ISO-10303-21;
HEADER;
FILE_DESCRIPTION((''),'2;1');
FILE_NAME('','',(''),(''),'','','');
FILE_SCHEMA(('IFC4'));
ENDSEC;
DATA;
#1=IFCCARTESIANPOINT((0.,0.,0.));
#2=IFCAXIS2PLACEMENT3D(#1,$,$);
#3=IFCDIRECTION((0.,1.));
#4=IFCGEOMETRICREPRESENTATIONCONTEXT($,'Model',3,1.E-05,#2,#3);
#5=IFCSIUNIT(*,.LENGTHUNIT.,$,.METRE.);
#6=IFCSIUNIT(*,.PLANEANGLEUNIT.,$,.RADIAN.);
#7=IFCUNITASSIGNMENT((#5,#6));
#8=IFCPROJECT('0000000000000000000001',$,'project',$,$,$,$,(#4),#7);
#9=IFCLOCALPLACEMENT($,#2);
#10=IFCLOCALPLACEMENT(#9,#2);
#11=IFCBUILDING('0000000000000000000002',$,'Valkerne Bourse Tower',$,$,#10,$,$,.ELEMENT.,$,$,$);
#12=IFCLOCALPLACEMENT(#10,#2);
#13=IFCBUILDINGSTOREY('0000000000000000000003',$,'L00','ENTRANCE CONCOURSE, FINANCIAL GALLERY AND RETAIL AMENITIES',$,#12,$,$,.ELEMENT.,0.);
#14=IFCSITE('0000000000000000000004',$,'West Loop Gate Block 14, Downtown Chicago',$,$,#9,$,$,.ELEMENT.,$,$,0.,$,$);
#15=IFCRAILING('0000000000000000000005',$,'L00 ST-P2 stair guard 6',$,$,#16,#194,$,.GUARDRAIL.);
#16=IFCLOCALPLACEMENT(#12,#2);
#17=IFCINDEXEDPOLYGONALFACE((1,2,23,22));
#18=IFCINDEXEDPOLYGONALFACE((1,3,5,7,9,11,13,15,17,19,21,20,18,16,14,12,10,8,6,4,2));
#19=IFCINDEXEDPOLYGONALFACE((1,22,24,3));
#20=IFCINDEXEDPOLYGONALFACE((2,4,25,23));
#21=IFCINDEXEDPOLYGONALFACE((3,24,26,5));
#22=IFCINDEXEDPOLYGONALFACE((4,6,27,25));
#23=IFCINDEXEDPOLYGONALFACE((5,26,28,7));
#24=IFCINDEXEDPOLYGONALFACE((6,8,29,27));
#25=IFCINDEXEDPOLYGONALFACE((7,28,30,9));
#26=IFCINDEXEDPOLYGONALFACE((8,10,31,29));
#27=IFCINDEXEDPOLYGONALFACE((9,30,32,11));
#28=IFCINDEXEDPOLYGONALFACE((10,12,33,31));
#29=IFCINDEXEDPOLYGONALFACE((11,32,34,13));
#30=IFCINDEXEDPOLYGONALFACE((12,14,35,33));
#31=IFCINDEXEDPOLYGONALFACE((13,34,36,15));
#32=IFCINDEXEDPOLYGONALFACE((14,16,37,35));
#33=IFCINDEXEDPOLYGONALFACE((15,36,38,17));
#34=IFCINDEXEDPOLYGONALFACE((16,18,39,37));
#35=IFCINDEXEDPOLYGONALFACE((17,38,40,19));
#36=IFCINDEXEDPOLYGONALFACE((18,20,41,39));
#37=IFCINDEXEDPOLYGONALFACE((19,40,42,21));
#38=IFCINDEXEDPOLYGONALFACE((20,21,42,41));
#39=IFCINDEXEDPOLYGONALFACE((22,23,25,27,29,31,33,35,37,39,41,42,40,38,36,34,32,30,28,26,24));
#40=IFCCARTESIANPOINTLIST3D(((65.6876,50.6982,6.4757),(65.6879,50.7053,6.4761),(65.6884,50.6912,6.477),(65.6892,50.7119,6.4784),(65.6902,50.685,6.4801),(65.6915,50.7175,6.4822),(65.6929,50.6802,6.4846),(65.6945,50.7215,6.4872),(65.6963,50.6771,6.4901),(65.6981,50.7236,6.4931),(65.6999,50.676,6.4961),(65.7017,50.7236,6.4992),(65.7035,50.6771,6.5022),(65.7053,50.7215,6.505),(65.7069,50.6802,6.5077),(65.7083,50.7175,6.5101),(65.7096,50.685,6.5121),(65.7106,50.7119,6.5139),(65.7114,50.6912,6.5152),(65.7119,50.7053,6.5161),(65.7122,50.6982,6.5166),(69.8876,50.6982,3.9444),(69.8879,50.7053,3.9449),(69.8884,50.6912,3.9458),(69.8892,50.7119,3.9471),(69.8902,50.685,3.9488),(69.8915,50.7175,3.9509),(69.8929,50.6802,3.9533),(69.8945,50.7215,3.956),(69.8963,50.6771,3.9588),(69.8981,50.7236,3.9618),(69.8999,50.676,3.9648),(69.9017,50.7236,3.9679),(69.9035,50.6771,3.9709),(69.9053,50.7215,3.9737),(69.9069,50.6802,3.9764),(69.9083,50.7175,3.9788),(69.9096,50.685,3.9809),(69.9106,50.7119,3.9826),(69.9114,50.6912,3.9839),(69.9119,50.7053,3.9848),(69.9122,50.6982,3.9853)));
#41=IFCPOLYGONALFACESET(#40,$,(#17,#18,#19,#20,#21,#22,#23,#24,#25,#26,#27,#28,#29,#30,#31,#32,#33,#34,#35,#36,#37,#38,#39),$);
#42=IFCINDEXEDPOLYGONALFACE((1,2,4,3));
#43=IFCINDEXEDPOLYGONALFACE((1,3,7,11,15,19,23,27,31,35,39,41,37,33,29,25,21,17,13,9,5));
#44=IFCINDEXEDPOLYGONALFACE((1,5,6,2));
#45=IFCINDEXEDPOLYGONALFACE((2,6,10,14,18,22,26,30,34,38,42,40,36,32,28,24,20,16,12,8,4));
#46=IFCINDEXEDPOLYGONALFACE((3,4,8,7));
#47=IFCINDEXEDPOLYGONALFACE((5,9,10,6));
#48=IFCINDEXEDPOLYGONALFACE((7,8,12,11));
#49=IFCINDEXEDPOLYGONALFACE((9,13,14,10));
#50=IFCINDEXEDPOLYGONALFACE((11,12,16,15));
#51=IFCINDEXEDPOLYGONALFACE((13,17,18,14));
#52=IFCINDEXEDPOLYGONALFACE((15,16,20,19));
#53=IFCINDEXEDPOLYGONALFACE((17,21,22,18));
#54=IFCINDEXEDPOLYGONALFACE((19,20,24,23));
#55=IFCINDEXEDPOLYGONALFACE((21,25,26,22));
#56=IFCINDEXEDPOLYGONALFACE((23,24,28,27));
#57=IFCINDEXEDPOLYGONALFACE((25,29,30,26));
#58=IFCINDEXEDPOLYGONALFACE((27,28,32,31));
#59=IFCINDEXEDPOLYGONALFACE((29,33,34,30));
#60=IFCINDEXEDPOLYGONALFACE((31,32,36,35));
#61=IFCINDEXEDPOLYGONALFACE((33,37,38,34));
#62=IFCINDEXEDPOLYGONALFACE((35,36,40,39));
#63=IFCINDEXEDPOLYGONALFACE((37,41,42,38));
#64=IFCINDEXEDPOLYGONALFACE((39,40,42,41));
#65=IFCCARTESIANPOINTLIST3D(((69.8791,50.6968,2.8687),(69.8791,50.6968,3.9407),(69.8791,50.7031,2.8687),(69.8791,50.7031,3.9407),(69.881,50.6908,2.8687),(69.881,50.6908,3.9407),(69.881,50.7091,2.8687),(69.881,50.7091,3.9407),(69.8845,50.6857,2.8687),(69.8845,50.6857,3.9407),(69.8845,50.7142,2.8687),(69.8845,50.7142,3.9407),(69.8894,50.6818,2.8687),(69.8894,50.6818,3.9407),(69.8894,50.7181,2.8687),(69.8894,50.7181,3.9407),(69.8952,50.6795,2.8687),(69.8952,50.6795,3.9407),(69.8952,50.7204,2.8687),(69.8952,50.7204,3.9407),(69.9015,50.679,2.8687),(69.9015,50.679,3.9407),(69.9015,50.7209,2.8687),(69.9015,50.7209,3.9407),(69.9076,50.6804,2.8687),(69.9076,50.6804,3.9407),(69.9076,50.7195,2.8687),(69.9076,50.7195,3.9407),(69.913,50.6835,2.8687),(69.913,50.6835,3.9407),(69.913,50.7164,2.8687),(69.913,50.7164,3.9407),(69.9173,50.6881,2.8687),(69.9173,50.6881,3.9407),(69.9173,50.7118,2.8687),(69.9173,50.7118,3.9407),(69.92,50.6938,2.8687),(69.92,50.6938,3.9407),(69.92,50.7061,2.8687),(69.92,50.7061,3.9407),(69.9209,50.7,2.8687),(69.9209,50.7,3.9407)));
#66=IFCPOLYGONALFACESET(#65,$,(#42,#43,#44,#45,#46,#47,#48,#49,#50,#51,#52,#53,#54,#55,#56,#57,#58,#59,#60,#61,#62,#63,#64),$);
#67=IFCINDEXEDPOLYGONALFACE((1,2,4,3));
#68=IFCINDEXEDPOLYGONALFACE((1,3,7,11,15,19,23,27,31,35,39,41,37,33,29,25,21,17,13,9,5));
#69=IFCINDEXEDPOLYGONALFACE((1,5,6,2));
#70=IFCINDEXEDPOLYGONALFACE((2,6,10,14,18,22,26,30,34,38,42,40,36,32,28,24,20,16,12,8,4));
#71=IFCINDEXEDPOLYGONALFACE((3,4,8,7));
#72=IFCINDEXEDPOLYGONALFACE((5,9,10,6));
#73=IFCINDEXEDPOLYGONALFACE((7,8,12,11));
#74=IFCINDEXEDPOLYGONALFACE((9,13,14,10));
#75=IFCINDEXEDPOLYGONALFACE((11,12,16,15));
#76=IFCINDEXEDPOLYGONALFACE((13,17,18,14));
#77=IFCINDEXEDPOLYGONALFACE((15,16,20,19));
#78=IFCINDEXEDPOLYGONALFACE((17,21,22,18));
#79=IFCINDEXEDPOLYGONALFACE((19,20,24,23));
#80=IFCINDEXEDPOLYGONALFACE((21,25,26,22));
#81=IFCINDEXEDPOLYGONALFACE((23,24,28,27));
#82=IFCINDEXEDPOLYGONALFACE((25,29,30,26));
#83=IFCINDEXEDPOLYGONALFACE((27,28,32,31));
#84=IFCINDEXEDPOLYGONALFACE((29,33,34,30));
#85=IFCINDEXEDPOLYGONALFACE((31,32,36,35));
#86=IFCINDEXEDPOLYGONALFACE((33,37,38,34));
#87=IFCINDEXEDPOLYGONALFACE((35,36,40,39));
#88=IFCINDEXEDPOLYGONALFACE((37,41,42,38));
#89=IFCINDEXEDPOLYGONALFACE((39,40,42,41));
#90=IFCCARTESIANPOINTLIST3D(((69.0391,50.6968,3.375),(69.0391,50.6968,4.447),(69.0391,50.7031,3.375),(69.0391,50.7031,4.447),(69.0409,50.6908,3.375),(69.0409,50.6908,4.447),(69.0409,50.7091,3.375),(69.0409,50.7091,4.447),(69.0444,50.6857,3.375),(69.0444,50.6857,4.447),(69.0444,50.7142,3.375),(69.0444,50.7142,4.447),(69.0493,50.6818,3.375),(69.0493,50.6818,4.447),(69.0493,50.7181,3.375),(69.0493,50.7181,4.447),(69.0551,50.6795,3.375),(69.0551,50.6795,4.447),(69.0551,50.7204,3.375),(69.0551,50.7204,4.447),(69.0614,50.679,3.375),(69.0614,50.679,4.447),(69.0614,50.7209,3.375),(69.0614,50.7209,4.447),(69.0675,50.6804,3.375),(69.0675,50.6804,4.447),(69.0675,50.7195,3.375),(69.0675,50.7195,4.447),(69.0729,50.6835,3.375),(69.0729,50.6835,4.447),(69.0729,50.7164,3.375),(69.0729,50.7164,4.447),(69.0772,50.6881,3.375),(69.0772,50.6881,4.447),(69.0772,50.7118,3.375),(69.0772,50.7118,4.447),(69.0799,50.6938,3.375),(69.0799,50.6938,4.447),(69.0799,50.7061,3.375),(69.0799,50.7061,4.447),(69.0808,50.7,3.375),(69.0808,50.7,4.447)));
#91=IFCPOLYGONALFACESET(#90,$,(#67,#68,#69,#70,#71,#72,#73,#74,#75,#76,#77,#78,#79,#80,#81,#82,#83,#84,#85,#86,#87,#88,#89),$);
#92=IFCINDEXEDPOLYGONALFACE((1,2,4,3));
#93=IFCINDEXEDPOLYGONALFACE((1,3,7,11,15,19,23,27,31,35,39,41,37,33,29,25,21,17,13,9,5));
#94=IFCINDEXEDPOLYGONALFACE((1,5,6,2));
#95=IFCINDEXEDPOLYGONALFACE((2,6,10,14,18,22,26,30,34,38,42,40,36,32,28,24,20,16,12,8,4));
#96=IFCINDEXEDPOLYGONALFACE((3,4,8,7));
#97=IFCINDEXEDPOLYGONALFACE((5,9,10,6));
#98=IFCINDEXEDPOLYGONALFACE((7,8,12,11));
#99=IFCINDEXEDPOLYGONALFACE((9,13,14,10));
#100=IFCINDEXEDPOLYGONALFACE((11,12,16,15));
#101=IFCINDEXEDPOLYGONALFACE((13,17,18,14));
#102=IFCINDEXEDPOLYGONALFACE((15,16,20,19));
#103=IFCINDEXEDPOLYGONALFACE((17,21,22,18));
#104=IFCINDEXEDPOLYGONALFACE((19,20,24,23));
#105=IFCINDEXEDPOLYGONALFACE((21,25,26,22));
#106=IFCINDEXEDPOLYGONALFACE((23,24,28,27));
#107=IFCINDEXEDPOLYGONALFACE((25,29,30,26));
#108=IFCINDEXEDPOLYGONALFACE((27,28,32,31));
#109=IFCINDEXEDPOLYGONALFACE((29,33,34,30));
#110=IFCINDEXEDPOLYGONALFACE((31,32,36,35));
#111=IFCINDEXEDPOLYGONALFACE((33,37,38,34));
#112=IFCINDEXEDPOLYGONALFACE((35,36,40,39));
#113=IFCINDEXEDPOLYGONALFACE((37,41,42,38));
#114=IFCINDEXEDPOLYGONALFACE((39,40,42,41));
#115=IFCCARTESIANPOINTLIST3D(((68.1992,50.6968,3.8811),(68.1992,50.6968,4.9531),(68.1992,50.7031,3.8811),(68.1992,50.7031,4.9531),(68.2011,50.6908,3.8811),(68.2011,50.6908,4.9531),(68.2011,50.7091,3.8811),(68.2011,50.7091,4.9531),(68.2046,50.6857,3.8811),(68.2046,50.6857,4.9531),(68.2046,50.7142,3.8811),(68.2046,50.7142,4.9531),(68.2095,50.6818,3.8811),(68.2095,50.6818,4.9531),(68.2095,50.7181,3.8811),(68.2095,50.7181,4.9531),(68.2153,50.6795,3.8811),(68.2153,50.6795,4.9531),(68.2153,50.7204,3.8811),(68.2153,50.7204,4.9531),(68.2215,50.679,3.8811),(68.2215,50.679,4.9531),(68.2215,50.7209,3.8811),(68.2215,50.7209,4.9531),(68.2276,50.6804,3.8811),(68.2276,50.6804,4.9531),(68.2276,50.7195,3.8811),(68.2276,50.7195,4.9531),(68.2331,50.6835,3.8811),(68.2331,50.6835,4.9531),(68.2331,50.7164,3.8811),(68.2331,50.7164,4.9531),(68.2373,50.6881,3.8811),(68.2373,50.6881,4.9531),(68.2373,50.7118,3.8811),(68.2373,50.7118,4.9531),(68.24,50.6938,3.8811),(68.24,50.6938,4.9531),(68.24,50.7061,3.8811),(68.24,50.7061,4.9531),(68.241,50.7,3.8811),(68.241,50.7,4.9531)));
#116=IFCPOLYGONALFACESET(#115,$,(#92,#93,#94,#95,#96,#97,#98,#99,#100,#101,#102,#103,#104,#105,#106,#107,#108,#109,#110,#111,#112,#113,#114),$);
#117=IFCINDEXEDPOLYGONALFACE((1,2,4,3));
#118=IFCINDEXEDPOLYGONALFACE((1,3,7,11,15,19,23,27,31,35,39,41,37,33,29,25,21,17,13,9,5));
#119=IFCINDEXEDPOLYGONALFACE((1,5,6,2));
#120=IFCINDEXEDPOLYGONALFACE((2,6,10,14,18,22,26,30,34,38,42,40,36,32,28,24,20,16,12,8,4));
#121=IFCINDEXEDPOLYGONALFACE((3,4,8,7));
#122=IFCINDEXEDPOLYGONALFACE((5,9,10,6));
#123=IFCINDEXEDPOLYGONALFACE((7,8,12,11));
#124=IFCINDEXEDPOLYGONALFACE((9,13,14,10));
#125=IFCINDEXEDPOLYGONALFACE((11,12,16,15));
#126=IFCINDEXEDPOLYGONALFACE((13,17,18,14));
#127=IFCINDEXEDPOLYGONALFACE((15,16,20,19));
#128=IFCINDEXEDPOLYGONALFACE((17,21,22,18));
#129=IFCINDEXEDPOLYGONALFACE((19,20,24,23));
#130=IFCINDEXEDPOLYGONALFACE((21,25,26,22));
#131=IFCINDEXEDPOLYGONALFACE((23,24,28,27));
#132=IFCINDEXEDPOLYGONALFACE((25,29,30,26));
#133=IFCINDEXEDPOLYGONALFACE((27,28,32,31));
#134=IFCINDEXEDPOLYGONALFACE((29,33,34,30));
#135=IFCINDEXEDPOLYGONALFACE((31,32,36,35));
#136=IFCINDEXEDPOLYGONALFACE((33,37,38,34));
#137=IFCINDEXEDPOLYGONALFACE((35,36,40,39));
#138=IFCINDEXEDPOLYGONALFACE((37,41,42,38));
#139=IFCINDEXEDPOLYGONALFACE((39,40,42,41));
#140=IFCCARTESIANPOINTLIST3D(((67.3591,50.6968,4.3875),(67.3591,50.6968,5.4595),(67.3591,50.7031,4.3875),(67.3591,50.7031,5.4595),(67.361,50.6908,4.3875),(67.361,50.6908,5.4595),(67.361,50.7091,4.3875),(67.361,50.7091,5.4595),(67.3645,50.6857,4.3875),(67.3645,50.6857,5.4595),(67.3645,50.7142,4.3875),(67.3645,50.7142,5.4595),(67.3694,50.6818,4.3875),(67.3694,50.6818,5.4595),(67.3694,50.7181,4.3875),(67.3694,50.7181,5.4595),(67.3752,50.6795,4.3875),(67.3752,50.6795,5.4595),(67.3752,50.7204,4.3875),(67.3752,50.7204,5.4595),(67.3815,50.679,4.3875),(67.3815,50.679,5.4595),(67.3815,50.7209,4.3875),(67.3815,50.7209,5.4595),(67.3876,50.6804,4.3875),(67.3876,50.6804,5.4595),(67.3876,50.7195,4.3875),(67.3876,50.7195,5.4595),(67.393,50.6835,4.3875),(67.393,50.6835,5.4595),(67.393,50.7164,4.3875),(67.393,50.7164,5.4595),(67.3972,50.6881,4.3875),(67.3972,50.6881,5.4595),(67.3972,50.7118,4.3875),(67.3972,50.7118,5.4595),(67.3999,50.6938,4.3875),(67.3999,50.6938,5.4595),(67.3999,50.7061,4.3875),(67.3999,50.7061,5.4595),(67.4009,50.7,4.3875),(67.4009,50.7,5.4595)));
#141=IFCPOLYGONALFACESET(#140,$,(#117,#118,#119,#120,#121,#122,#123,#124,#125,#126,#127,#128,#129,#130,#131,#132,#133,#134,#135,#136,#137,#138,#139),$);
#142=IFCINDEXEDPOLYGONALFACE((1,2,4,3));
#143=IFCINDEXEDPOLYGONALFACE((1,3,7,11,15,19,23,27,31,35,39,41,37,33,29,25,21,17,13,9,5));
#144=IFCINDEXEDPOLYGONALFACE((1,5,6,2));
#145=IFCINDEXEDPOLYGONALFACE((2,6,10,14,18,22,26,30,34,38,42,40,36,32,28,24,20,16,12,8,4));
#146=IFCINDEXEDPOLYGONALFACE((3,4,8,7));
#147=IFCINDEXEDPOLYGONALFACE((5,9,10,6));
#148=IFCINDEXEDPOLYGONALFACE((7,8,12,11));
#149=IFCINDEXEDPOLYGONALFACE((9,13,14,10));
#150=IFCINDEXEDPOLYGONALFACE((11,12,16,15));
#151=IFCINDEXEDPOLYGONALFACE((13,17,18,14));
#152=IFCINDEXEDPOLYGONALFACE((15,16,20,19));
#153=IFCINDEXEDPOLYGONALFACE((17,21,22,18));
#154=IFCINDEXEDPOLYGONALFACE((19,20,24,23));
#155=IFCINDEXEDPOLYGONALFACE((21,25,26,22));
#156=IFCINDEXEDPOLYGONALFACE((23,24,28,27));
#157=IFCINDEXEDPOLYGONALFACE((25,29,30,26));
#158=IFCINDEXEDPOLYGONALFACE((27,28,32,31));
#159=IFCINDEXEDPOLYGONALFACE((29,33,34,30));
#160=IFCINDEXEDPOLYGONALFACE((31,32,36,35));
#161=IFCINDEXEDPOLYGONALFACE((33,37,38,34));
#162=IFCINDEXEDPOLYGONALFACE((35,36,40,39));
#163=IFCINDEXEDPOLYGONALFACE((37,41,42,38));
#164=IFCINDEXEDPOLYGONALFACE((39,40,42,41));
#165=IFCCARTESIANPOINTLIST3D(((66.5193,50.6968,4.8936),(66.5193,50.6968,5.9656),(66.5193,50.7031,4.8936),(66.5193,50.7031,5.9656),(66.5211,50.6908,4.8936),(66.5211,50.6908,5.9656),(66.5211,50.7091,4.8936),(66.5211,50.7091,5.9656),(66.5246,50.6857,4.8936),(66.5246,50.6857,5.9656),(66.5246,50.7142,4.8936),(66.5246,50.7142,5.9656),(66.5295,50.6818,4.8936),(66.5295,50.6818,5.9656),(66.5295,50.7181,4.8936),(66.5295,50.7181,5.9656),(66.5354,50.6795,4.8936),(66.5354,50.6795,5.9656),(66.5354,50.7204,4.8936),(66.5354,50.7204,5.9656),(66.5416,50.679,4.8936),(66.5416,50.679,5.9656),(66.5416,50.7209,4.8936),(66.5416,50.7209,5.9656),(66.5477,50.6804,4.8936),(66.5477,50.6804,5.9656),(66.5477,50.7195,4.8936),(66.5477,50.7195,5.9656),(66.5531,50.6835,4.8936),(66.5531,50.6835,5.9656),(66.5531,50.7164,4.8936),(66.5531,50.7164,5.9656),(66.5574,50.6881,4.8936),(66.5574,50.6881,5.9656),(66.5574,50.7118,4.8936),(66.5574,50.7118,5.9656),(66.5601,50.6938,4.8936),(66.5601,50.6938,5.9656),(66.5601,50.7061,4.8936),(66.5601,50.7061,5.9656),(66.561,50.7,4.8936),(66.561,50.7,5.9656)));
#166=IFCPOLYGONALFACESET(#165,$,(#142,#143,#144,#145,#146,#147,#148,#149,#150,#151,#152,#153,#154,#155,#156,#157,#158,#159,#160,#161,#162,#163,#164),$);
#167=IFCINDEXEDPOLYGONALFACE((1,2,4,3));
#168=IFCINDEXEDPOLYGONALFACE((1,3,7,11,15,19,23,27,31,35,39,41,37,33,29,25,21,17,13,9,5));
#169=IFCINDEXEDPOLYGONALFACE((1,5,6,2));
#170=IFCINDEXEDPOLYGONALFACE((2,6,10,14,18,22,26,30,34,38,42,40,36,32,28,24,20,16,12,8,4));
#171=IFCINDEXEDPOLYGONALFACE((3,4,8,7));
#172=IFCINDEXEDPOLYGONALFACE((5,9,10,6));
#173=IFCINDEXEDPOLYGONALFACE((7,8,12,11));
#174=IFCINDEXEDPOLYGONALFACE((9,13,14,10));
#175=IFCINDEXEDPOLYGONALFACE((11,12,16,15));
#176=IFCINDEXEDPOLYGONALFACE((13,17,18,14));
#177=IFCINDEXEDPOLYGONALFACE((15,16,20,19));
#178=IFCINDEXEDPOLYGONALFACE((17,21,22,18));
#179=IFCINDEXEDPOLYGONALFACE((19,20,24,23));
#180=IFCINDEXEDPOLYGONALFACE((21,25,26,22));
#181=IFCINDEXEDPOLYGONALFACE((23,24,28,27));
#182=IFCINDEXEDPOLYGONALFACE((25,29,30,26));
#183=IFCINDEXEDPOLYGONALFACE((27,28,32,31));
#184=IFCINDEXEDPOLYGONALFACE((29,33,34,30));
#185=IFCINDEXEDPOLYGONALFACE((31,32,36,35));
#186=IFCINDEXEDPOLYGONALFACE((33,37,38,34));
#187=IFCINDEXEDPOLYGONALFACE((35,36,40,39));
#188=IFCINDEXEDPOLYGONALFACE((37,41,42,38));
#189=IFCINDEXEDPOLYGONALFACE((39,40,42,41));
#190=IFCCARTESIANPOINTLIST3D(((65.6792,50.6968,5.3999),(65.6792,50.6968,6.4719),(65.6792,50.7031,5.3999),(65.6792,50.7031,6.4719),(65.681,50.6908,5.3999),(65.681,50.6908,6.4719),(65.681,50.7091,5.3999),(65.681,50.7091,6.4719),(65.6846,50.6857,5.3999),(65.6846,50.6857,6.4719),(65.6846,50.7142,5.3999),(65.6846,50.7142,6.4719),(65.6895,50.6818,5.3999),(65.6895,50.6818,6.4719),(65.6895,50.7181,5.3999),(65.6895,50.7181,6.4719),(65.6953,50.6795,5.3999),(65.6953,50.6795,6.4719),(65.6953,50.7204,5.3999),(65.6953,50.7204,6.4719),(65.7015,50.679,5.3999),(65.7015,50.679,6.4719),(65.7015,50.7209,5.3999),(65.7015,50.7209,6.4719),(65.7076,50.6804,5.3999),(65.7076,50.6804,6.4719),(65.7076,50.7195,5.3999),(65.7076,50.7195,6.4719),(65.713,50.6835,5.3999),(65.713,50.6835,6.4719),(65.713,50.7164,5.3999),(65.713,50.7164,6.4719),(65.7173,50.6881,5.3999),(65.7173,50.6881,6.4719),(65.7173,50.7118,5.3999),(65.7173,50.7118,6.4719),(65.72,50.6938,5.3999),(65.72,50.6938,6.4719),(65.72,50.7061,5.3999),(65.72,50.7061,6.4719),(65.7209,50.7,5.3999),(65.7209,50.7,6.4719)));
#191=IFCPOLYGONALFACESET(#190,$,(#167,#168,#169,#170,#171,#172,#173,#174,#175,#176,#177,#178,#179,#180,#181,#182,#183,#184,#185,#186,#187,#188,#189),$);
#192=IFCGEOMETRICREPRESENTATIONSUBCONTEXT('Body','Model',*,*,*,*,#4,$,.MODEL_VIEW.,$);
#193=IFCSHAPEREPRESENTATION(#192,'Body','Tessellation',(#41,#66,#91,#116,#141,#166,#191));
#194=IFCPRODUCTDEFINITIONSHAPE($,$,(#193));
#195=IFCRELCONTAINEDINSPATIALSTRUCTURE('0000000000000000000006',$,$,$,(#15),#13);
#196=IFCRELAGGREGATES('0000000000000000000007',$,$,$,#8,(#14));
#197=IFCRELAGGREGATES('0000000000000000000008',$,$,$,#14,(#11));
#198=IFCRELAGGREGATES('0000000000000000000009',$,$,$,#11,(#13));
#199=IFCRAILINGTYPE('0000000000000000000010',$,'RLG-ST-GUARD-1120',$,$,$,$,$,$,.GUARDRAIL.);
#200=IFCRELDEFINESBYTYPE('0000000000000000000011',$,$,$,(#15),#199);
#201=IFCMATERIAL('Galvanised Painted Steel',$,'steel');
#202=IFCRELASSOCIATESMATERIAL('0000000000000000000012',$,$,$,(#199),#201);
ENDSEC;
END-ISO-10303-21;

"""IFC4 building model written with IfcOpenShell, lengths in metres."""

from ifc_helpers import new_model, si_unit, direction, frame, origin, origin_2d, place, context, subcontext, project, spatial, circle, extrude, material, type_object, element, save


model = new_model("IFC4")

# Units and contexts
model_context = context("Model", 3, precision=1e-05, world=origin(), true_north=direction((0.0, 1.0)))
body_context = subcontext(model_context, "Body", "Model", "MODEL_VIEW")
ifc_project = project(units=[si_unit("LENGTHUNIT", "METRE"), si_unit("PLANEANGLEUNIT", "RADIAN")], contexts=[model_context])

# Site, building, storey
site_placement = place(None, origin())
site = spatial("IfcSite", under=ifc_project, at=site_placement, Name="West Loop Gate Block 14, Downtown Chicago", CompositionType="ELEMENT", RefElevation=0.0)
building_placement = place(site_placement, origin())
building = spatial("IfcBuilding", under=site, at=building_placement, Name="Valkerne Bourse Tower", CompositionType="ELEMENT")
storey_placement = place(building_placement, origin())
storey = spatial("IfcBuildingStorey", under=building, at=storey_placement, Name="L00", Description="ENTRANCE CONCOURSE, FINANCIAL GALLERY AND RETAIL AMENITIES", CompositionType="ELEMENT", Elevation=0.0)

# Shared definitions
ifc_material_1 = material(Name="Galvanised Painted Steel", Category="steel")

# Railing
railing_type_1 = type_object("IfcRailingType", Name="RLG-ST-GUARD-1120", PredefinedType="GUARDRAIL", material=ifc_material_1)
railing_1_placement = place(storey_placement, frame((69.8999, 50.7, 2.8687)))
element("IfcRailing", 1, at=railing_1_placement, inside=storey, type_object=railing_type_1, Name="L00 ST-P2 stair guard 6", PredefinedType="GUARDRAIL", context=body_context, shape_type="SweptSolid", body=[
    extrude(circle(Radius=0.0239, at=origin_2d()), frame((0.0, 0.0, 1.0962), z_axis=(-0.856476, 0.0, 0.516186), x_axis=(0.0, -1.0, 0.0)), (0.0, 0.0, 1.0), 4.9038),
    extrude(circle(Radius=0.021, at=origin_2d()), origin(), (0.0, 0.0, 1.0), 1.072),
    extrude(circle(Radius=0.021, at=origin_2d()), frame((-0.8401, 0.0, 0.5063)), (0.0, 0.0, 1.0), 1.072),
    extrude(circle(Radius=0.021, at=origin_2d()), frame((-1.6799, 0.0, 1.0125)), (0.0, 0.0, 1.0), 1.072),
    extrude(circle(Radius=0.021, at=origin_2d()), frame((-2.52, 0.0, 1.5188)), (0.0, 0.0, 1.0), 1.072),
    extrude(circle(Radius=0.021, at=origin_2d()), frame((-3.3599, 0.0, 2.0249)), (0.0, 0.0, 1.0), 1.072),
    extrude(circle(Radius=0.021, at=origin_2d()), frame((-4.2, 0.0, 2.5312)), (0.0, 0.0, 1.0), 1.072),
])

save(model, "model.ifc")
